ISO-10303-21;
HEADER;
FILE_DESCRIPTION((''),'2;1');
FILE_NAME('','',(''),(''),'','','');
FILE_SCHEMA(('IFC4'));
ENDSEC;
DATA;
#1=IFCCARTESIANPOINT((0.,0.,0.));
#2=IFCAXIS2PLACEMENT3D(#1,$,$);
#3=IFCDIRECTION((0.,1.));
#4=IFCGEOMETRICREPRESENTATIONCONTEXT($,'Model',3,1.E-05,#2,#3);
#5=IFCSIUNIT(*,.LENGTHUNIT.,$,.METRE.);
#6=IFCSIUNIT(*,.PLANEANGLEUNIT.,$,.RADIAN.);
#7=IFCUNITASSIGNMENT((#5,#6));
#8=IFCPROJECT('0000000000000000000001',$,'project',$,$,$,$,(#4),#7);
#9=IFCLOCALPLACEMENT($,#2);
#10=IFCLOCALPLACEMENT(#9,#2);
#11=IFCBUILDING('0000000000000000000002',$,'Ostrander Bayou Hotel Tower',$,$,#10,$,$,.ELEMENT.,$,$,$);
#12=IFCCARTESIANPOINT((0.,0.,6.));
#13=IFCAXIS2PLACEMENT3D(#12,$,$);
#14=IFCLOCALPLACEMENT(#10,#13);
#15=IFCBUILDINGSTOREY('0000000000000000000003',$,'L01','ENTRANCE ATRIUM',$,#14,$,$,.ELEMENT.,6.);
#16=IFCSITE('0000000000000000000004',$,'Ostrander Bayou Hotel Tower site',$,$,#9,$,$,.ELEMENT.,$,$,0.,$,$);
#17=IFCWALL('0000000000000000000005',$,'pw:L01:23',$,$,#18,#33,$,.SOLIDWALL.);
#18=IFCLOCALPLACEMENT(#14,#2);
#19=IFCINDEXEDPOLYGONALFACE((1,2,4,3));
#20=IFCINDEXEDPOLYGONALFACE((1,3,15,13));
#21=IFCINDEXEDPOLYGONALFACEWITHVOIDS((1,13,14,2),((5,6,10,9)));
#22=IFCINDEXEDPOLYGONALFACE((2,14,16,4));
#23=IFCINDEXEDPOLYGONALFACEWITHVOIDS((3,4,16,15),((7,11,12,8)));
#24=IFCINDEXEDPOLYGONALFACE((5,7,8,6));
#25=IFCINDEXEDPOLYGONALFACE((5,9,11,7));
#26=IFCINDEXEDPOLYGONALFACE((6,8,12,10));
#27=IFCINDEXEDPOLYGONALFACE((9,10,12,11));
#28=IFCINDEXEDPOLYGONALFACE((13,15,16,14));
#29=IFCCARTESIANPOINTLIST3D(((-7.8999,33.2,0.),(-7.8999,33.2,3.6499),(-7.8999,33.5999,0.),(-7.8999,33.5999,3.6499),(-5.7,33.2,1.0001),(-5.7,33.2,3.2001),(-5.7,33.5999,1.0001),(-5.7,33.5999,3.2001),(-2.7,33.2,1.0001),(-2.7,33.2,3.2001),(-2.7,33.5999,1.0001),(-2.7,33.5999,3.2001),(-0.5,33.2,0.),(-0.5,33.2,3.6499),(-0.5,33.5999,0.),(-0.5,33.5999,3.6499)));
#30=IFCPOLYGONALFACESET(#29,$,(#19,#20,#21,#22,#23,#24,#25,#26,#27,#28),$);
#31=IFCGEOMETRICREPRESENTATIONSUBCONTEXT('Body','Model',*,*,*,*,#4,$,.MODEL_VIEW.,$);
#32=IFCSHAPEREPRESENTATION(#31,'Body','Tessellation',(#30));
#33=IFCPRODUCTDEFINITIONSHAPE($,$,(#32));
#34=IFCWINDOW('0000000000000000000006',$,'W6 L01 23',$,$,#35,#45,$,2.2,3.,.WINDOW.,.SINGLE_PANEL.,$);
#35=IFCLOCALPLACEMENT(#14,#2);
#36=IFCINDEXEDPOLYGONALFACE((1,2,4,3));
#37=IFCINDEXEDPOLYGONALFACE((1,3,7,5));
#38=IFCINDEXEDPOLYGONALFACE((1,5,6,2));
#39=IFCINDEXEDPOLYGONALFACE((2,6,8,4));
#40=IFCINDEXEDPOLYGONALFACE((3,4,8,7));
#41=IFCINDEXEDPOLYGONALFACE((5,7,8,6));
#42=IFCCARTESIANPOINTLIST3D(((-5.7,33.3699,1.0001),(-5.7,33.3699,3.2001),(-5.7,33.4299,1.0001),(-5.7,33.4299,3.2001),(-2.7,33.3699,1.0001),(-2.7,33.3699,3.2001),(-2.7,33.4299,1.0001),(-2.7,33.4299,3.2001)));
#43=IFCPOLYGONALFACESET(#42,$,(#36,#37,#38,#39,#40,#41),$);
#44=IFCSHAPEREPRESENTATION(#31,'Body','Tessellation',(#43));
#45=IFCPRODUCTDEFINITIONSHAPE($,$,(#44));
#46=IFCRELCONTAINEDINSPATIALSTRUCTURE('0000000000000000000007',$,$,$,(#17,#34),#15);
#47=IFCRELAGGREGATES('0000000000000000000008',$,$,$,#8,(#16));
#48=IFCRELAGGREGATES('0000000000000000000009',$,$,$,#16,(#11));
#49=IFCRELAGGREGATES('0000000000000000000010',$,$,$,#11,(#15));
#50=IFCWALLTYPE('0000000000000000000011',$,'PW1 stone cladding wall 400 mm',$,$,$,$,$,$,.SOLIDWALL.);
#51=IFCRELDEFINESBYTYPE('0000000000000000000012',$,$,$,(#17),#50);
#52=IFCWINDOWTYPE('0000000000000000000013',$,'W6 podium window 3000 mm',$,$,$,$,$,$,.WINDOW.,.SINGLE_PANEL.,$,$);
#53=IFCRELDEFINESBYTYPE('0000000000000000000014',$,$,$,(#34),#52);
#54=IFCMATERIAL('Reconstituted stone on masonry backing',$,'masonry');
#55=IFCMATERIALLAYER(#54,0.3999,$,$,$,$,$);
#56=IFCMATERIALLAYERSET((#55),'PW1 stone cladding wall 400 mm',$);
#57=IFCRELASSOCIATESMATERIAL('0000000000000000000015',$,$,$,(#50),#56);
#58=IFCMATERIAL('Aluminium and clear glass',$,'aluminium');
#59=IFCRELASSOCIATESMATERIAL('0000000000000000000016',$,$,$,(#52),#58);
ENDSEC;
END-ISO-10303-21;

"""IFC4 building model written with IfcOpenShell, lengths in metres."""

from ifc_helpers import new_model, si_unit, direction, frame, frame_2d, origin, place, context, subcontext, project, spatial, rectangle, extrude, material, layer, layer_set, type_object, element, fill, save


model = new_model("IFC4")

# Units and contexts
model_context = context("Model", 3, precision=1e-05, world=origin(), true_north=direction((0.0, 1.0)))
body_context = subcontext(model_context, "Body", "Model", "MODEL_VIEW")
ifc_project = project(units=[si_unit("LENGTHUNIT", "METRE"), si_unit("PLANEANGLEUNIT", "RADIAN")], contexts=[model_context])

# Site, building, storey
site_placement = place(None, origin())
site = spatial("IfcSite", under=ifc_project, at=site_placement, Name="Ostrander Bayou Hotel Tower site", CompositionType="ELEMENT", RefElevation=0.0)
building_placement = place(site_placement, origin())
building = spatial("IfcBuilding", under=site, at=building_placement, Name="Ostrander Bayou Hotel Tower", CompositionType="ELEMENT")
storey_placement = place(building_placement, frame((0.0, 0.0, 6.0)))
storey = spatial("IfcBuildingStorey", under=building, at=storey_placement, Name="L01", Description="ENTRANCE ATRIUM", CompositionType="ELEMENT", Elevation=6.0)

# Wall, opening, window
ifc_material_1 = material(Name="Reconstituted stone on masonry backing", Category="masonry")
ifc_layer_1 = layer(ifc_material_1, 0.3999)
ifc_layer_set_1 = layer_set([ifc_layer_1], Name="PW1 stone cladding wall 400 mm")
wall_type_1 = type_object("IfcWallType", Name="PW1 stone cladding wall 400 mm", PredefinedType="SOLIDWALL", material=ifc_layer_set_1)
ifc_material_2 = material(Name="Aluminium and clear glass", Category="aluminium")
window_type = type_object("IfcWindowType", Name="W6 podium window 3000 mm", PartitioningType="SINGLE_PANEL", PredefinedType="WINDOW", material=ifc_material_2)
wall_1_placement = place(storey_placement, frame((-7.8999, 33.3999, 0.0), z_axis=(0.0, 0.0, 1.0), x_axis=(1.0, 0.0, 0.0)))
wall_1 = element("IfcWall", 1, at=wall_1_placement, inside=storey, type_object=wall_type_1, Name="pw:L01:23", PredefinedType="SOLIDWALL", context=body_context, shape_type="SweptSolid", body=[
    extrude(rectangle(XDim=7.3999, YDim=0.3999, at=frame_2d((3.7, 0.0))), origin(), (0.0, 0.0, 1.0), 3.6499),
])
opening_1_placement = place(wall_1_placement, frame((2.2, 0.0, 1.0)))
opening_1 = element("IfcOpeningElement", 2, at=opening_1_placement, cuts=wall_1, PredefinedType="OPENING", context=body_context, shape_type="SweptSolid", body=[
    extrude(rectangle(XDim=3.0, YDim=2.2, at=frame_2d((1.5, 1.1001))), frame((0.0, 0.2, 0.0), z_axis=(0.0, -1.0, 0.0), x_axis=(1.0, 0.0, 0.0)), (0.0, 0.0, 1.0), 0.3999),
])
window_1_placement = place(opening_1_placement, origin())
window_1 = element("IfcWindow", 3, at=window_1_placement, inside=storey, type_object=window_type, Name="W6 L01 23", OverallHeight=2.2, OverallWidth=3.0, PartitioningType="SINGLE_PANEL", PredefinedType="WINDOW", context=body_context, shape_type="SweptSolid", body=[
    extrude(rectangle(XDim=3.0, YDim=2.2, at=frame_2d((1.5, 1.1001))), frame((0.0, 0.03, 0.0), z_axis=(0.0, -1.0, 0.0), x_axis=(1.0, 0.0, 0.0)), (0.0, 0.0, 1.0), 0.0601),
])
fill(opening_1, window_1)

save(model, "model.ifc")
